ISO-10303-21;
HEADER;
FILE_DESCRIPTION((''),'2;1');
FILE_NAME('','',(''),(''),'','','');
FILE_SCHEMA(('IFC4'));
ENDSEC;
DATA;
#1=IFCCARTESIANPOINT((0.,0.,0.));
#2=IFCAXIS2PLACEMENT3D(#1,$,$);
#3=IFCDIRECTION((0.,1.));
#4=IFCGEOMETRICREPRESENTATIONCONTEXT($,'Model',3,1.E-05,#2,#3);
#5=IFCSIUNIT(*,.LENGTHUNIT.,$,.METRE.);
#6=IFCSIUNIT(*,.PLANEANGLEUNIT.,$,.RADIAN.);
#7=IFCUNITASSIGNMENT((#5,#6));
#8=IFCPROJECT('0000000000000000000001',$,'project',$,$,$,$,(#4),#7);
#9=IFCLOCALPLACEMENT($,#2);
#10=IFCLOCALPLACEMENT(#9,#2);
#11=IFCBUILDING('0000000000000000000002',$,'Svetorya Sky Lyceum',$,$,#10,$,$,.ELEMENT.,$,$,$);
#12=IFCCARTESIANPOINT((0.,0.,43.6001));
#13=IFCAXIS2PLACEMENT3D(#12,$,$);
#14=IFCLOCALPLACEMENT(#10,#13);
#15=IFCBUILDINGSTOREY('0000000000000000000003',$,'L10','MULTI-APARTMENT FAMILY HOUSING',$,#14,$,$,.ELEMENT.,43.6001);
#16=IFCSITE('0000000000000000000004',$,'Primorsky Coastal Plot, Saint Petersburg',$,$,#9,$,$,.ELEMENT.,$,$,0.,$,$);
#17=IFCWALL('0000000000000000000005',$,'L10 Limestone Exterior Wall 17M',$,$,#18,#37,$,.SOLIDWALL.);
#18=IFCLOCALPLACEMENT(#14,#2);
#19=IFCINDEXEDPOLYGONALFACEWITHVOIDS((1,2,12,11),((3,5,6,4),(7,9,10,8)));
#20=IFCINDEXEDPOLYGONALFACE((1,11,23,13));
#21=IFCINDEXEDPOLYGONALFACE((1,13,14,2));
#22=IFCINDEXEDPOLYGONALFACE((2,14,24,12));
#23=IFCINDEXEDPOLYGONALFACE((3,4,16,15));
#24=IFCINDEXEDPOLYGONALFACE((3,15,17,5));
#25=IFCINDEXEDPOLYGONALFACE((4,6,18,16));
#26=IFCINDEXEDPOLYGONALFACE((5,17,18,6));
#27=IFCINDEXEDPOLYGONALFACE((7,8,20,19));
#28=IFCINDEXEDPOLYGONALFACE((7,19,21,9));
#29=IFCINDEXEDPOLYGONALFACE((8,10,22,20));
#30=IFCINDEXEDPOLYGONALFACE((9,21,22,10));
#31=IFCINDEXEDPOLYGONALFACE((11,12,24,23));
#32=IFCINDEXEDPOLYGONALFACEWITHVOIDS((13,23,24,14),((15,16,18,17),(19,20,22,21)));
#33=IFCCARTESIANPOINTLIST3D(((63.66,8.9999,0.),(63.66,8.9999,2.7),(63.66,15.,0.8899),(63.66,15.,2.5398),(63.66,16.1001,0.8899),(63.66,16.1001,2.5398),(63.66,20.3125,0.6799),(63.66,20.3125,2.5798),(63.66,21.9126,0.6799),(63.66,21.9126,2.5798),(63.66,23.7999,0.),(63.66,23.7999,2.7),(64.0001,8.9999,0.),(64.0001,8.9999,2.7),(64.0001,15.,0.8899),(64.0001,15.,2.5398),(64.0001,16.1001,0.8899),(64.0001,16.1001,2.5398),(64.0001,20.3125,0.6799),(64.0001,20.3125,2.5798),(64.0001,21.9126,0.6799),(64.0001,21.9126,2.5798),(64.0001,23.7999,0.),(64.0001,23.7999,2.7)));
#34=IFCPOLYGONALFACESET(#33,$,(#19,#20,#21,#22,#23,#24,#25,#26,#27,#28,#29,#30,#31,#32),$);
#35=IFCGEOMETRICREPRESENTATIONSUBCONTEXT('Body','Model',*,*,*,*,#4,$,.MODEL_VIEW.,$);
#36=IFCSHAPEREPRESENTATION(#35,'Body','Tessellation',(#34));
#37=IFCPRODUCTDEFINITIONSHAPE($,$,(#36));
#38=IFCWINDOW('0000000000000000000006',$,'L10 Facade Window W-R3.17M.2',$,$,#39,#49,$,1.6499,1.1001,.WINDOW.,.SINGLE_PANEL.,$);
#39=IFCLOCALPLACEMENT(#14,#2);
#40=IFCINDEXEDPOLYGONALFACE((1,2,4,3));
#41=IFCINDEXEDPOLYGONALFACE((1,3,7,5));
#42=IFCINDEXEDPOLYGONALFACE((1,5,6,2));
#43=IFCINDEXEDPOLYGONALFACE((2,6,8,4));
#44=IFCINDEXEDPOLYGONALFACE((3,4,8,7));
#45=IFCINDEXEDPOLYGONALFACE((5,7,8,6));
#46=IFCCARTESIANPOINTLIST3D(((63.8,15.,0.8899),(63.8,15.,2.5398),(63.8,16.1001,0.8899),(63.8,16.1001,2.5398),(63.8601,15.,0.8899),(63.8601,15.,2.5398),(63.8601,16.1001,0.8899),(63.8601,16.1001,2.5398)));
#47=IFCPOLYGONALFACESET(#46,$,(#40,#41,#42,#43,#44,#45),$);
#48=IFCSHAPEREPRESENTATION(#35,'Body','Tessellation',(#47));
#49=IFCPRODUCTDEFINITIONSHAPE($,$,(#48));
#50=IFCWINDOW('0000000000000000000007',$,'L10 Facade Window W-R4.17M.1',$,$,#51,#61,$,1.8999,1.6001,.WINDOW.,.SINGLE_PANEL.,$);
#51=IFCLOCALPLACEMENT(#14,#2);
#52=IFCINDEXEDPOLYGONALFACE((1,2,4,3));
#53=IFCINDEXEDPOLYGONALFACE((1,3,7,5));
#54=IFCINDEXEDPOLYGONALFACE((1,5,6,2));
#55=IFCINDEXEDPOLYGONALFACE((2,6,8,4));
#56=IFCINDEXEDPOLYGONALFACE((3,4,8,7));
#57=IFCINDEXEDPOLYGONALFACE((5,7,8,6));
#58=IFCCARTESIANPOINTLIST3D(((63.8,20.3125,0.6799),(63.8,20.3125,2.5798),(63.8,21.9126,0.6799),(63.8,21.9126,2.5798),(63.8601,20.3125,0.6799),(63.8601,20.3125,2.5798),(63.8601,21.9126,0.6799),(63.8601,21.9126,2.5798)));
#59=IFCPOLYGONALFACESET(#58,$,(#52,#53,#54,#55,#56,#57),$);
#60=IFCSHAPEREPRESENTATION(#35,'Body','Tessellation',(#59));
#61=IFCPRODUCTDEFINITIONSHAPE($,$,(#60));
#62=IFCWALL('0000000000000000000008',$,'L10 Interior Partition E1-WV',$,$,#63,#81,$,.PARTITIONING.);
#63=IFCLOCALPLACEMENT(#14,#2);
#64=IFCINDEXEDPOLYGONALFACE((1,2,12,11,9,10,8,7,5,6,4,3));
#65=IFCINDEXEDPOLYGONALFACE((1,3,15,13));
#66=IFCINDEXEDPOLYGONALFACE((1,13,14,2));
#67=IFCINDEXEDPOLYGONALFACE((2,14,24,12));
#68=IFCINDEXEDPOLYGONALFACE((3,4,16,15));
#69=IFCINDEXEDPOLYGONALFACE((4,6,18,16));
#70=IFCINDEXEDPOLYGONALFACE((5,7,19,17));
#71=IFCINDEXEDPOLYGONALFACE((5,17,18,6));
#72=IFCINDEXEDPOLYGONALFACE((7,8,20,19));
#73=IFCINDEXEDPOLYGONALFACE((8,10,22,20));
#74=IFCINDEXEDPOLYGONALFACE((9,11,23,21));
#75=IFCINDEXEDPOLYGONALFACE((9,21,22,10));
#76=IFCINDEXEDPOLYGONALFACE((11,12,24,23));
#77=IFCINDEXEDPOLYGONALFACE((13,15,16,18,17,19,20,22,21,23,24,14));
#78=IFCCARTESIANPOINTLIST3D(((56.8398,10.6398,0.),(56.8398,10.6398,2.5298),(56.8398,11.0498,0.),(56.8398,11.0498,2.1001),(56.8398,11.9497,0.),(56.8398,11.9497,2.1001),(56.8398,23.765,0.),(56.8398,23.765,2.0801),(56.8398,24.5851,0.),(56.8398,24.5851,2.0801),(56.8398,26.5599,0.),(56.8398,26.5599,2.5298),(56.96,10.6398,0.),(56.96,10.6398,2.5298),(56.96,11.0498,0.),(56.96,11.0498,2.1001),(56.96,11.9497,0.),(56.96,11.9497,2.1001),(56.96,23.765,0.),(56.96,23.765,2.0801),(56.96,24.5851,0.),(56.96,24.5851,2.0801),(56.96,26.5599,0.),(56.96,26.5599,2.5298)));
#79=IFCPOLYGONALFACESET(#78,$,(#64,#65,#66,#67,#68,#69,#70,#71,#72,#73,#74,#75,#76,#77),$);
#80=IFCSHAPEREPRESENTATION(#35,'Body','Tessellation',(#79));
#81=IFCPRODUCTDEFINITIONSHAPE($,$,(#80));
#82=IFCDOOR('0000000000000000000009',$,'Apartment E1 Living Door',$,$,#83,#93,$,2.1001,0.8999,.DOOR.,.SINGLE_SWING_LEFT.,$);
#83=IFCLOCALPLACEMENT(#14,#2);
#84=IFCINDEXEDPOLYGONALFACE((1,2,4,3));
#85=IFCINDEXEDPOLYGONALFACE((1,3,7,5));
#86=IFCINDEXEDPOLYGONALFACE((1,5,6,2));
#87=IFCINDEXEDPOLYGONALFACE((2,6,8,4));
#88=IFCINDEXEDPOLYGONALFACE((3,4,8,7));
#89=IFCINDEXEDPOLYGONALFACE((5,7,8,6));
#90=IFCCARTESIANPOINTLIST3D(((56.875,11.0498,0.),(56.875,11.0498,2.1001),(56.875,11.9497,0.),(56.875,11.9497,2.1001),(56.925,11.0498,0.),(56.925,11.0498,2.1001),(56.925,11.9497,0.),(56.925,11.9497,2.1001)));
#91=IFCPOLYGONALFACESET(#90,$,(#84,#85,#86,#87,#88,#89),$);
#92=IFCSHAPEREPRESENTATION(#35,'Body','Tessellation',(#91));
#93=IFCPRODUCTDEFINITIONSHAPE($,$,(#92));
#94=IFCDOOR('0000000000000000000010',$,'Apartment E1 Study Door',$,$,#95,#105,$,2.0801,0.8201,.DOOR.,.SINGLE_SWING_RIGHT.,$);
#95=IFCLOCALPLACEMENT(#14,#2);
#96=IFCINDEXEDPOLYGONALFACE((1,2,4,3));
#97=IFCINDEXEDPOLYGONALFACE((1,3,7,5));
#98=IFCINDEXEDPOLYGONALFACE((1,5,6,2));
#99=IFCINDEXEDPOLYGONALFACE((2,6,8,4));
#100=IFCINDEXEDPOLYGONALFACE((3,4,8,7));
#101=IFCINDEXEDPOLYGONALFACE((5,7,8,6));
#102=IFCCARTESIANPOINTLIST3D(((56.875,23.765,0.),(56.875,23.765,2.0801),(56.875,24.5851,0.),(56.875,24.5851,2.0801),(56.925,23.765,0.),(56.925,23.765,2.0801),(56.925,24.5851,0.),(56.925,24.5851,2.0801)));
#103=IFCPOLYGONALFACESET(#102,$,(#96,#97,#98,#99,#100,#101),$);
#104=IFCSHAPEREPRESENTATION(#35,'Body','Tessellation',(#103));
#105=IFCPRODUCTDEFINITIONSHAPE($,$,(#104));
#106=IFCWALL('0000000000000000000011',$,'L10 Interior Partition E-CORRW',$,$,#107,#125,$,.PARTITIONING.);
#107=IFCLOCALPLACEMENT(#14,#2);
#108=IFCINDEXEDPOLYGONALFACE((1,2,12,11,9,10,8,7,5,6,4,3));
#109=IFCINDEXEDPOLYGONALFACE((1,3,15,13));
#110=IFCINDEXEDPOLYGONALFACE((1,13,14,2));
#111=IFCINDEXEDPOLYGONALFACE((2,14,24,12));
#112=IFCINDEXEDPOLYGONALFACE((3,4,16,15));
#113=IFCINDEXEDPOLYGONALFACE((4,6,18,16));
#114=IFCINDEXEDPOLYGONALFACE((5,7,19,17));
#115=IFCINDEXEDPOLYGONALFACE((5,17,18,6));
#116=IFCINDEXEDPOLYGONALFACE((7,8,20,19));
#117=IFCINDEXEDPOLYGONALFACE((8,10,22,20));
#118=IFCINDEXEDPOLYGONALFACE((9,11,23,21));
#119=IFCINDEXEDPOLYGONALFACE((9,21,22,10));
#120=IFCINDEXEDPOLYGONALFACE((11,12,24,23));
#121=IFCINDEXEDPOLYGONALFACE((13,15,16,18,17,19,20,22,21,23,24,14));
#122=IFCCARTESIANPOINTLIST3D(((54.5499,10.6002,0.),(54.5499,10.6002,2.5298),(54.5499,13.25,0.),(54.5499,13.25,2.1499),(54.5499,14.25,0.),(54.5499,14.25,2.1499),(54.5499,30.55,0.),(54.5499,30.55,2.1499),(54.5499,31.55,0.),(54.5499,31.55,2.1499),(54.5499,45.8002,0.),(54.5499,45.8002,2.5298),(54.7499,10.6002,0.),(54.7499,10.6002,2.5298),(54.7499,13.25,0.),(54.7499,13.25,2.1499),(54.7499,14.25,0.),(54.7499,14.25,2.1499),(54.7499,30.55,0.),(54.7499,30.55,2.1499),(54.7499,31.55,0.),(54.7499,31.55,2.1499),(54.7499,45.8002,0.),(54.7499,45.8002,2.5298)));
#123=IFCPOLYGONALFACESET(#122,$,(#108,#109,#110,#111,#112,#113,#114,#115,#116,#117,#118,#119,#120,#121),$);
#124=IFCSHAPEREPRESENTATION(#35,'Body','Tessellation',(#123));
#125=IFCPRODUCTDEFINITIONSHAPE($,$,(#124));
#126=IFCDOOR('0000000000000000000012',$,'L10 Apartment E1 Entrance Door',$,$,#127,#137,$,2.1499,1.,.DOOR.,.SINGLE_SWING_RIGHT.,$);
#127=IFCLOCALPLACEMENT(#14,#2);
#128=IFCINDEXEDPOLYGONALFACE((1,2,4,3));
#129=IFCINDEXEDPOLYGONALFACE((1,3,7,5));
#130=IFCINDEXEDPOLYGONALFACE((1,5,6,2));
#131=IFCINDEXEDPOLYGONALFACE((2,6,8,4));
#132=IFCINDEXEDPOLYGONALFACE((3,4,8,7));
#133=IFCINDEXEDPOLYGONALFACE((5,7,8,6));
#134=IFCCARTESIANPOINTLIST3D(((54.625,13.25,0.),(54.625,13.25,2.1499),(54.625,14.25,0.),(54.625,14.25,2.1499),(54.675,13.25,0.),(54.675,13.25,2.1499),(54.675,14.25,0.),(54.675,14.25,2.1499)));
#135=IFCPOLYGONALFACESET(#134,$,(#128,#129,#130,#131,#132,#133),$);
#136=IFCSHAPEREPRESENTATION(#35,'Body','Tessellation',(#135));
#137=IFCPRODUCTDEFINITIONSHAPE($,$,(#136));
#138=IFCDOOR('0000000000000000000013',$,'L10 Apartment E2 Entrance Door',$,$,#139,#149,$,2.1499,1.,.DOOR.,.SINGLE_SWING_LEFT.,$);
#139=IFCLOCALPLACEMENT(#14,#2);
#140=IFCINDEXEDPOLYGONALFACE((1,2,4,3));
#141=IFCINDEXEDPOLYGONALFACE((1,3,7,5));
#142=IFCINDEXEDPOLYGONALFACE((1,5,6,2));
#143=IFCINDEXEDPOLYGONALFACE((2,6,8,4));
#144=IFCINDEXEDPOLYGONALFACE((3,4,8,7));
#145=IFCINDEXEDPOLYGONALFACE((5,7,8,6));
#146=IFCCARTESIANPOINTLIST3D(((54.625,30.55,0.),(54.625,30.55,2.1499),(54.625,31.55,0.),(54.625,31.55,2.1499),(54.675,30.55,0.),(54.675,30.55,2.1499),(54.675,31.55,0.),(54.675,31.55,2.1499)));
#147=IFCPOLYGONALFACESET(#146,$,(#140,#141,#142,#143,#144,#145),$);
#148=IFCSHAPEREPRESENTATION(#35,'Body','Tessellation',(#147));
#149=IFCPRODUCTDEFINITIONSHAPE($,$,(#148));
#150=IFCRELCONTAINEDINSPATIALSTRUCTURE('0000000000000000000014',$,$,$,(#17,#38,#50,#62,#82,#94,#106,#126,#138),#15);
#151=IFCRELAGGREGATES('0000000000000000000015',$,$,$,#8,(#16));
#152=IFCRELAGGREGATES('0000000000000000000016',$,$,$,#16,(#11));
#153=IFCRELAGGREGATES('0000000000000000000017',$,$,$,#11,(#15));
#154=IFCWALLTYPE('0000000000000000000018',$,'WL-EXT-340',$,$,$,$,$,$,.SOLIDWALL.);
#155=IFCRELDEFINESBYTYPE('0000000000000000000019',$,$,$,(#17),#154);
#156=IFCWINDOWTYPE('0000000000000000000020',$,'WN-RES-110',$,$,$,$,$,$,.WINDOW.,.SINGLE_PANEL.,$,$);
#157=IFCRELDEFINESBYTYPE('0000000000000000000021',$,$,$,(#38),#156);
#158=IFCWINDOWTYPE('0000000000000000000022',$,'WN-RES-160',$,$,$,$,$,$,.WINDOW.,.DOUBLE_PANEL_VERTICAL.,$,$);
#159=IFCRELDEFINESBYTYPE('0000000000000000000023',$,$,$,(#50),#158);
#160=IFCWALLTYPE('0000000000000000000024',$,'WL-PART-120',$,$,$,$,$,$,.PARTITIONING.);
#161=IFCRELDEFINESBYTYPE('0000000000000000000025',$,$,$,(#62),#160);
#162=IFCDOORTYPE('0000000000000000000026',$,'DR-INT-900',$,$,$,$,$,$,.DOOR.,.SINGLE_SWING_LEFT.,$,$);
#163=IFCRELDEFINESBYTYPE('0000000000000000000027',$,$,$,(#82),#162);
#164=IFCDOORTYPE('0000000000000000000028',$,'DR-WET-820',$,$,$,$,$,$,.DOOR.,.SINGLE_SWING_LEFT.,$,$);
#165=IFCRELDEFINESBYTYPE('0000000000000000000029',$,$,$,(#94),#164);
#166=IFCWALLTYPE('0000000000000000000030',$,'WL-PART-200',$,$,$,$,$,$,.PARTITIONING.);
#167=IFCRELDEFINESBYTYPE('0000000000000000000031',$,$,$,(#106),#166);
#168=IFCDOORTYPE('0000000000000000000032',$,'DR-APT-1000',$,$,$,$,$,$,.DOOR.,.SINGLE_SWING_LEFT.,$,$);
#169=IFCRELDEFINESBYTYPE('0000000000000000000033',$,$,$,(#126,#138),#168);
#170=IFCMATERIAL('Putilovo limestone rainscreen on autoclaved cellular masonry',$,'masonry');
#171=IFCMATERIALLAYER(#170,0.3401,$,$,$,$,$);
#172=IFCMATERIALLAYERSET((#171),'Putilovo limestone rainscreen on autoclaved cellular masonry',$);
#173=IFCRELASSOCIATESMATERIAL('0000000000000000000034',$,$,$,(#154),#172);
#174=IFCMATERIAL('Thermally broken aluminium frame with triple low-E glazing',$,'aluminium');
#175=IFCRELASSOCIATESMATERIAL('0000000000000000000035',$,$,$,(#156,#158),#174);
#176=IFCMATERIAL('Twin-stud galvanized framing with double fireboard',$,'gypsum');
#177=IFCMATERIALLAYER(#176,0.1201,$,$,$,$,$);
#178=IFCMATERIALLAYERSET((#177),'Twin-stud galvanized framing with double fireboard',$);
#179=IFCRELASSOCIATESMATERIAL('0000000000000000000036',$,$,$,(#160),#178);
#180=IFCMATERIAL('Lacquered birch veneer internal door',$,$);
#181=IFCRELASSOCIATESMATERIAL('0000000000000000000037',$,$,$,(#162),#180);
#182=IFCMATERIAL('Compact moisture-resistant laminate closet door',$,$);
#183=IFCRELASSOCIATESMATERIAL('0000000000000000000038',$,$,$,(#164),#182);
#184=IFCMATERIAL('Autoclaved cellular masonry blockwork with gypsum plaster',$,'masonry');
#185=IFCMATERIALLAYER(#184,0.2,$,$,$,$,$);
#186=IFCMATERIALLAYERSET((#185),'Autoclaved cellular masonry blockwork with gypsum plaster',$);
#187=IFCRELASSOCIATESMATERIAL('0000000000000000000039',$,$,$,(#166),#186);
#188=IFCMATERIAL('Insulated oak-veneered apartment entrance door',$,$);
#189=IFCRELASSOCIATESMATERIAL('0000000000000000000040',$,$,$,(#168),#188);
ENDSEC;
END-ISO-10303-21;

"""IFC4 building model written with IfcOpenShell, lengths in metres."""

from ifc_helpers import new_model, si_unit, direction, frame, frame_2d, origin, place, context, subcontext, project, spatial, rectangle, extrude, material, layer, layer_set, type_object, element, fill, save


model = new_model("IFC4")

# Units and contexts
model_context = context("Model", 3, precision=1e-05, world=origin(), true_north=direction((0.0, 1.0)))
body_context = subcontext(model_context, "Body", "Model", "MODEL_VIEW")
ifc_project = project(units=[si_unit("LENGTHUNIT", "METRE"), si_unit("PLANEANGLEUNIT", "RADIAN")], contexts=[model_context])

# Site, building, storey
site_placement = place(None, origin())
site = spatial("IfcSite", under=ifc_project, at=site_placement, Name="Primorsky Coastal Plot, Saint Petersburg", CompositionType="ELEMENT", RefElevation=0.0)
building_placement = place(site_placement, origin())
building = spatial("IfcBuilding", under=site, at=building_placement, Name="Svetorya Sky Lyceum", CompositionType="ELEMENT")
storey_placement = place(building_placement, frame((0.0, 0.0, 43.6001)))
storey = spatial("IfcBuildingStorey", under=building, at=storey_placement, Name="L10", Description="MULTI-APARTMENT FAMILY HOUSING", CompositionType="ELEMENT", Elevation=43.6001)

# Shared definitions
ifc_material_1 = material(Name="Putilovo limestone rainscreen on autoclaved cellular masonry", Category="masonry")
ifc_layer_1 = layer(ifc_material_1, 0.3401)
ifc_layer_set_1 = layer_set([ifc_layer_1], Name="Putilovo limestone rainscreen on autoclaved cellular masonry")
wall_type_1 = type_object("IfcWallType", Name="WL-EXT-340", PredefinedType="SOLIDWALL", material=ifc_layer_set_1)

# Wall, openings, windows
wall_1_placement = place(storey_placement, frame((63.8301, 9.0, 0.0), z_axis=(0.0, 0.0, 1.0), x_axis=(0.0, 1.0, 0.0)))
wall_1 = element("IfcWall", 1, at=wall_1_placement, inside=storey, type_object=wall_type_1, Name="L10 Limestone Exterior Wall 17M", PredefinedType="SOLIDWALL", context=body_context, shape_type="SweptSolid", body=[
    extrude(rectangle(XDim=14.8, YDim=0.3401, at=frame_2d((7.3999, 0.0))), origin(), (0.0, 0.0, 1.0), 2.7),
])
opening_1_placement = place(wall_1_placement, frame((6.0, 0.0, 0.8899)))
opening_1 = element("IfcOpeningElement", 2, at=opening_1_placement, cuts=wall_1, PredefinedType="OPENING", context=body_context, shape_type="SweptSolid", body=[
    extrude(rectangle(XDim=1.1001, YDim=1.6499, at=frame_2d((0.55, 0.825))), frame((0.0, 0.1799, 0.0), z_axis=(0.0, -1.0, 0.0), x_axis=(1.0, 0.0, 0.0)), (0.0, 0.0, 1.0), 0.3601),
])
opening_2_placement = place(wall_1_placement, frame((11.3125, 0.0, 0.6799)))
opening_2 = element("IfcOpeningElement", 3, at=opening_2_placement, cuts=wall_1, PredefinedType="OPENING", context=body_context, shape_type="SweptSolid", body=[
    extrude(rectangle(XDim=1.6001, YDim=1.8999, at=frame_2d((0.8, 0.95))), frame((0.0, 0.1799, 0.0), z_axis=(0.0, -1.0, 0.0), x_axis=(1.0, 0.0, 0.0)), (0.0, 0.0, 1.0), 0.3601),
])
ifc_material_2 = material(Name="Thermally broken aluminium frame with triple low-E glazing", Category="aluminium")
window_type_1 = type_object("IfcWindowType", Name="WN-RES-110", PartitioningType="SINGLE_PANEL", PredefinedType="WINDOW", material=ifc_material_2)
window_1_placement = place(opening_1_placement, origin())
window_1 = element("IfcWindow", 4, at=window_1_placement, inside=storey, type_object=window_type_1, Name="L10 Facade Window W-R3.17M.2", OverallHeight=1.6499, OverallWidth=1.1001, PartitioningType="SINGLE_PANEL", PredefinedType="WINDOW", context=body_context, shape_type="SweptSolid", body=[
    extrude(rectangle(XDim=1.1001, YDim=1.6499, at=frame_2d((0.55, 0.825))), frame((0.0, 0.03, 0.0), z_axis=(0.0, -1.0, 0.0), x_axis=(1.0, 0.0, 0.0)), (0.0, 0.0, 1.0), 0.0601),
])
fill(opening_1, window_1)
window_type_2 = type_object("IfcWindowType", Name="WN-RES-160", PartitioningType="DOUBLE_PANEL_VERTICAL", PredefinedType="WINDOW", material=ifc_material_2)
window_2_placement = place(opening_2_placement, origin())
window_2 = element("IfcWindow", 5, at=window_2_placement, inside=storey, type_object=window_type_2, Name="L10 Facade Window W-R4.17M.1", OverallHeight=1.8999, OverallWidth=1.6001, PartitioningType="SINGLE_PANEL", PredefinedType="WINDOW", context=body_context, shape_type="SweptSolid", body=[
    extrude(rectangle(XDim=1.6001, YDim=1.8999, at=frame_2d((0.8, 0.95))), frame((0.0, 0.03, 0.0), z_axis=(0.0, -1.0, 0.0), x_axis=(1.0, 0.0, 0.0)), (0.0, 0.0, 1.0), 0.0601),
])
fill(opening_2, window_2)

# Walls, openings, doors
ifc_material_3 = material(Name="Twin-stud galvanized framing with double fireboard", Category="gypsum")
ifc_layer_2 = layer(ifc_material_3, 0.1201)
ifc_layer_set_2 = layer_set([ifc_layer_2], Name="Twin-stud galvanized framing with double fireboard")
wall_type_2 = type_object("IfcWallType", Name="WL-PART-120", PredefinedType="PARTITIONING", material=ifc_layer_set_2)
wall_2_placement = place(storey_placement, frame((56.8999, 10.6399, 0.0), z_axis=(0.0, 0.0, 1.0), x_axis=(0.0, 1.0, 0.0)))
wall_2 = element("IfcWall", 6, at=wall_2_placement, inside=storey, type_object=wall_type_2, Name="L10 Interior Partition E1-WV", PredefinedType="PARTITIONING", context=body_context, shape_type="SweptSolid", body=[
    extrude(rectangle(XDim=15.9202, YDim=0.1201, at=frame_2d((7.96, 0.0))), origin(), (0.0, 0.0, 1.0), 2.5298),
])
opening_3_placement = place(wall_2_placement, frame((0.4099, 0.0, 0.0)))
opening_3 = element("IfcOpeningElement", 7, at=opening_3_placement, cuts=wall_2, PredefinedType="OPENING", context=body_context, shape_type="SweptSolid", body=[
    extrude(rectangle(XDim=0.8999, YDim=2.1001, at=frame_2d((0.45, 1.05))), frame((0.0, 0.0701, 0.0), z_axis=(0.0, -1.0, 0.0), x_axis=(1.0, 0.0, 0.0)), (0.0, 0.0, 1.0), 0.1401),
])
opening_4_placement = place(wall_2_placement, frame((13.125, 0.0, 0.0)))
opening_4 = element("IfcOpeningElement", 8, at=opening_4_placement, cuts=wall_2, PredefinedType="OPENING", context=body_context, shape_type="SweptSolid", body=[
    extrude(rectangle(XDim=0.8201, YDim=2.0801, at=frame_2d((0.4102, 1.04))), frame((0.0, 0.0701, 0.0), z_axis=(0.0, -1.0, 0.0), x_axis=(1.0, 0.0, 0.0)), (0.0, 0.0, 1.0), 0.1401),
])
ifc_material_4 = material(Name="Lacquered birch veneer internal door")
door_type_1 = type_object("IfcDoorType", Name="DR-INT-900", OperationType="SINGLE_SWING_LEFT", PredefinedType="DOOR", material=ifc_material_4)
door_1_placement = place(opening_3_placement, origin())
door_1 = element("IfcDoor", 9, at=door_1_placement, inside=storey, type_object=door_type_1, Name="Apartment E1 Living Door", OperationType="SINGLE_SWING_LEFT", OverallHeight=2.1001, OverallWidth=0.8999, PredefinedType="DOOR", context=body_context, shape_type="SweptSolid", body=[
    extrude(rectangle(XDim=0.8999, YDim=2.1001, at=frame_2d((0.45, 1.05))), frame((0.0, 0.0249, 0.0), z_axis=(0.0, -1.0, 0.0), x_axis=(1.0, 0.0, 0.0)), (0.0, 0.0, 1.0), 0.05),
])
fill(opening_3, door_1)
ifc_material_5 = material(Name="Compact moisture-resistant laminate closet door")
door_type_2 = type_object("IfcDoorType", Name="DR-WET-820", OperationType="SINGLE_SWING_LEFT", PredefinedType="DOOR", material=ifc_material_5)
door_2_placement = place(opening_4_placement, origin())
door_2 = element("IfcDoor", 10, at=door_2_placement, inside=storey, type_object=door_type_2, Name="Apartment E1 Study Door", OperationType="SINGLE_SWING_RIGHT", OverallHeight=2.0801, OverallWidth=0.8201, PredefinedType="DOOR", context=body_context, shape_type="SweptSolid", body=[
    extrude(rectangle(XDim=0.8201, YDim=2.0801, at=frame_2d((0.4102, 1.04))), frame((0.0, 0.0249, 0.0), z_axis=(0.0, -1.0, 0.0), x_axis=(1.0, 0.0, 0.0)), (0.0, 0.0, 1.0), 0.05),
])
fill(opening_4, door_2)
ifc_material_6 = material(Name="Autoclaved cellular masonry blockwork with gypsum plaster", Category="masonry")
ifc_layer_3 = layer(ifc_material_6, 0.2)
ifc_layer_set_3 = layer_set([ifc_layer_3], Name="Autoclaved cellular masonry blockwork with gypsum plaster")
wall_type_3 = type_object("IfcWallType", Name="WL-PART-200", PredefinedType="PARTITIONING", material=ifc_layer_set_3)
wall_3_placement = place(storey_placement, frame((54.6499, 10.6001, 0.0), z_axis=(0.0, 0.0, 1.0), x_axis=(0.0, 1.0, 0.0)))
wall_3 = element("IfcWall", 11, at=wall_3_placement, inside=storey, type_object=wall_type_3, Name="L10 Interior Partition E-CORRW", PredefinedType="PARTITIONING", context=body_context, shape_type="SweptSolid", body=[
    extrude(rectangle(XDim=35.2, YDim=0.2, at=frame_2d((17.6001, 0.0))), origin(), (0.0, 0.0, 1.0), 2.5298),
])
opening_5_placement = place(wall_3_placement, frame((2.6499, 0.0, 0.0)))
opening_5 = element("IfcOpeningElement", 12, at=opening_5_placement, cuts=wall_3, PredefinedType="OPENING", context=body_context, shape_type="SweptSolid", body=[
    extrude(rectangle(XDim=1.0, YDim=2.1499, at=frame_2d((0.5, 1.075))), frame((0.0, 0.1099, 0.0), z_axis=(0.0, -1.0, 0.0), x_axis=(1.0, 0.0, 0.0)), (0.0, 0.0, 1.0), 0.22),
])
opening_6_placement = place(wall_3_placement, frame((19.95, 0.0, 0.0)))
opening_6 = element("IfcOpeningElement", 13, at=opening_6_placement, cuts=wall_3, PredefinedType="OPENING", context=body_context, shape_type="SweptSolid", body=[
    extrude(rectangle(XDim=1.0, YDim=2.1499, at=frame_2d((0.5, 1.075))), frame((0.0, 0.1099, 0.0), z_axis=(0.0, -1.0, 0.0), x_axis=(1.0, 0.0, 0.0)), (0.0, 0.0, 1.0), 0.22),
])
ifc_material_7 = material(Name="Insulated oak-veneered apartment entrance door")
door_type_3 = type_object("IfcDoorType", Name="DR-APT-1000", OperationType="SINGLE_SWING_LEFT", PredefinedType="DOOR", material=ifc_material_7)
door_3_placement = place(opening_5_placement, origin())
door_3 = element("IfcDoor", 14, at=door_3_placement, inside=storey, type_object=door_type_3, Name="L10 Apartment E1 Entrance Door", OperationType="SINGLE_SWING_RIGHT", OverallHeight=2.1499, OverallWidth=1.0, PredefinedType="DOOR", context=body_context, shape_type="SweptSolid", body=[
    extrude(rectangle(XDim=1.0, YDim=2.1499, at=frame_2d((0.5, 1.075))), frame((0.0, 0.0249, 0.0), z_axis=(0.0, -1.0, 0.0), x_axis=(1.0, 0.0, 0.0)), (0.0, 0.0, 1.0), 0.05),
])
fill(opening_5, door_3)
door_4_placement = place(opening_6_placement, origin())
door_4 = element("IfcDoor", 15, at=door_4_placement, inside=storey, type_object=door_type_3, Name="L10 Apartment E2 Entrance Door", OperationType="SINGLE_SWING_LEFT", OverallHeight=2.1499, OverallWidth=1.0, PredefinedType="DOOR", context=body_context, shape_type="SweptSolid", body=[
    extrude(rectangle(XDim=1.0, YDim=2.1499, at=frame_2d((0.5, 1.075))), frame((0.0, 0.0249, 0.0), z_axis=(0.0, -1.0, 0.0), x_axis=(1.0, 0.0, 0.0)), (0.0, 0.0, 1.0), 0.05),
])
fill(opening_6, door_4)

save(model, "model.ifc")
